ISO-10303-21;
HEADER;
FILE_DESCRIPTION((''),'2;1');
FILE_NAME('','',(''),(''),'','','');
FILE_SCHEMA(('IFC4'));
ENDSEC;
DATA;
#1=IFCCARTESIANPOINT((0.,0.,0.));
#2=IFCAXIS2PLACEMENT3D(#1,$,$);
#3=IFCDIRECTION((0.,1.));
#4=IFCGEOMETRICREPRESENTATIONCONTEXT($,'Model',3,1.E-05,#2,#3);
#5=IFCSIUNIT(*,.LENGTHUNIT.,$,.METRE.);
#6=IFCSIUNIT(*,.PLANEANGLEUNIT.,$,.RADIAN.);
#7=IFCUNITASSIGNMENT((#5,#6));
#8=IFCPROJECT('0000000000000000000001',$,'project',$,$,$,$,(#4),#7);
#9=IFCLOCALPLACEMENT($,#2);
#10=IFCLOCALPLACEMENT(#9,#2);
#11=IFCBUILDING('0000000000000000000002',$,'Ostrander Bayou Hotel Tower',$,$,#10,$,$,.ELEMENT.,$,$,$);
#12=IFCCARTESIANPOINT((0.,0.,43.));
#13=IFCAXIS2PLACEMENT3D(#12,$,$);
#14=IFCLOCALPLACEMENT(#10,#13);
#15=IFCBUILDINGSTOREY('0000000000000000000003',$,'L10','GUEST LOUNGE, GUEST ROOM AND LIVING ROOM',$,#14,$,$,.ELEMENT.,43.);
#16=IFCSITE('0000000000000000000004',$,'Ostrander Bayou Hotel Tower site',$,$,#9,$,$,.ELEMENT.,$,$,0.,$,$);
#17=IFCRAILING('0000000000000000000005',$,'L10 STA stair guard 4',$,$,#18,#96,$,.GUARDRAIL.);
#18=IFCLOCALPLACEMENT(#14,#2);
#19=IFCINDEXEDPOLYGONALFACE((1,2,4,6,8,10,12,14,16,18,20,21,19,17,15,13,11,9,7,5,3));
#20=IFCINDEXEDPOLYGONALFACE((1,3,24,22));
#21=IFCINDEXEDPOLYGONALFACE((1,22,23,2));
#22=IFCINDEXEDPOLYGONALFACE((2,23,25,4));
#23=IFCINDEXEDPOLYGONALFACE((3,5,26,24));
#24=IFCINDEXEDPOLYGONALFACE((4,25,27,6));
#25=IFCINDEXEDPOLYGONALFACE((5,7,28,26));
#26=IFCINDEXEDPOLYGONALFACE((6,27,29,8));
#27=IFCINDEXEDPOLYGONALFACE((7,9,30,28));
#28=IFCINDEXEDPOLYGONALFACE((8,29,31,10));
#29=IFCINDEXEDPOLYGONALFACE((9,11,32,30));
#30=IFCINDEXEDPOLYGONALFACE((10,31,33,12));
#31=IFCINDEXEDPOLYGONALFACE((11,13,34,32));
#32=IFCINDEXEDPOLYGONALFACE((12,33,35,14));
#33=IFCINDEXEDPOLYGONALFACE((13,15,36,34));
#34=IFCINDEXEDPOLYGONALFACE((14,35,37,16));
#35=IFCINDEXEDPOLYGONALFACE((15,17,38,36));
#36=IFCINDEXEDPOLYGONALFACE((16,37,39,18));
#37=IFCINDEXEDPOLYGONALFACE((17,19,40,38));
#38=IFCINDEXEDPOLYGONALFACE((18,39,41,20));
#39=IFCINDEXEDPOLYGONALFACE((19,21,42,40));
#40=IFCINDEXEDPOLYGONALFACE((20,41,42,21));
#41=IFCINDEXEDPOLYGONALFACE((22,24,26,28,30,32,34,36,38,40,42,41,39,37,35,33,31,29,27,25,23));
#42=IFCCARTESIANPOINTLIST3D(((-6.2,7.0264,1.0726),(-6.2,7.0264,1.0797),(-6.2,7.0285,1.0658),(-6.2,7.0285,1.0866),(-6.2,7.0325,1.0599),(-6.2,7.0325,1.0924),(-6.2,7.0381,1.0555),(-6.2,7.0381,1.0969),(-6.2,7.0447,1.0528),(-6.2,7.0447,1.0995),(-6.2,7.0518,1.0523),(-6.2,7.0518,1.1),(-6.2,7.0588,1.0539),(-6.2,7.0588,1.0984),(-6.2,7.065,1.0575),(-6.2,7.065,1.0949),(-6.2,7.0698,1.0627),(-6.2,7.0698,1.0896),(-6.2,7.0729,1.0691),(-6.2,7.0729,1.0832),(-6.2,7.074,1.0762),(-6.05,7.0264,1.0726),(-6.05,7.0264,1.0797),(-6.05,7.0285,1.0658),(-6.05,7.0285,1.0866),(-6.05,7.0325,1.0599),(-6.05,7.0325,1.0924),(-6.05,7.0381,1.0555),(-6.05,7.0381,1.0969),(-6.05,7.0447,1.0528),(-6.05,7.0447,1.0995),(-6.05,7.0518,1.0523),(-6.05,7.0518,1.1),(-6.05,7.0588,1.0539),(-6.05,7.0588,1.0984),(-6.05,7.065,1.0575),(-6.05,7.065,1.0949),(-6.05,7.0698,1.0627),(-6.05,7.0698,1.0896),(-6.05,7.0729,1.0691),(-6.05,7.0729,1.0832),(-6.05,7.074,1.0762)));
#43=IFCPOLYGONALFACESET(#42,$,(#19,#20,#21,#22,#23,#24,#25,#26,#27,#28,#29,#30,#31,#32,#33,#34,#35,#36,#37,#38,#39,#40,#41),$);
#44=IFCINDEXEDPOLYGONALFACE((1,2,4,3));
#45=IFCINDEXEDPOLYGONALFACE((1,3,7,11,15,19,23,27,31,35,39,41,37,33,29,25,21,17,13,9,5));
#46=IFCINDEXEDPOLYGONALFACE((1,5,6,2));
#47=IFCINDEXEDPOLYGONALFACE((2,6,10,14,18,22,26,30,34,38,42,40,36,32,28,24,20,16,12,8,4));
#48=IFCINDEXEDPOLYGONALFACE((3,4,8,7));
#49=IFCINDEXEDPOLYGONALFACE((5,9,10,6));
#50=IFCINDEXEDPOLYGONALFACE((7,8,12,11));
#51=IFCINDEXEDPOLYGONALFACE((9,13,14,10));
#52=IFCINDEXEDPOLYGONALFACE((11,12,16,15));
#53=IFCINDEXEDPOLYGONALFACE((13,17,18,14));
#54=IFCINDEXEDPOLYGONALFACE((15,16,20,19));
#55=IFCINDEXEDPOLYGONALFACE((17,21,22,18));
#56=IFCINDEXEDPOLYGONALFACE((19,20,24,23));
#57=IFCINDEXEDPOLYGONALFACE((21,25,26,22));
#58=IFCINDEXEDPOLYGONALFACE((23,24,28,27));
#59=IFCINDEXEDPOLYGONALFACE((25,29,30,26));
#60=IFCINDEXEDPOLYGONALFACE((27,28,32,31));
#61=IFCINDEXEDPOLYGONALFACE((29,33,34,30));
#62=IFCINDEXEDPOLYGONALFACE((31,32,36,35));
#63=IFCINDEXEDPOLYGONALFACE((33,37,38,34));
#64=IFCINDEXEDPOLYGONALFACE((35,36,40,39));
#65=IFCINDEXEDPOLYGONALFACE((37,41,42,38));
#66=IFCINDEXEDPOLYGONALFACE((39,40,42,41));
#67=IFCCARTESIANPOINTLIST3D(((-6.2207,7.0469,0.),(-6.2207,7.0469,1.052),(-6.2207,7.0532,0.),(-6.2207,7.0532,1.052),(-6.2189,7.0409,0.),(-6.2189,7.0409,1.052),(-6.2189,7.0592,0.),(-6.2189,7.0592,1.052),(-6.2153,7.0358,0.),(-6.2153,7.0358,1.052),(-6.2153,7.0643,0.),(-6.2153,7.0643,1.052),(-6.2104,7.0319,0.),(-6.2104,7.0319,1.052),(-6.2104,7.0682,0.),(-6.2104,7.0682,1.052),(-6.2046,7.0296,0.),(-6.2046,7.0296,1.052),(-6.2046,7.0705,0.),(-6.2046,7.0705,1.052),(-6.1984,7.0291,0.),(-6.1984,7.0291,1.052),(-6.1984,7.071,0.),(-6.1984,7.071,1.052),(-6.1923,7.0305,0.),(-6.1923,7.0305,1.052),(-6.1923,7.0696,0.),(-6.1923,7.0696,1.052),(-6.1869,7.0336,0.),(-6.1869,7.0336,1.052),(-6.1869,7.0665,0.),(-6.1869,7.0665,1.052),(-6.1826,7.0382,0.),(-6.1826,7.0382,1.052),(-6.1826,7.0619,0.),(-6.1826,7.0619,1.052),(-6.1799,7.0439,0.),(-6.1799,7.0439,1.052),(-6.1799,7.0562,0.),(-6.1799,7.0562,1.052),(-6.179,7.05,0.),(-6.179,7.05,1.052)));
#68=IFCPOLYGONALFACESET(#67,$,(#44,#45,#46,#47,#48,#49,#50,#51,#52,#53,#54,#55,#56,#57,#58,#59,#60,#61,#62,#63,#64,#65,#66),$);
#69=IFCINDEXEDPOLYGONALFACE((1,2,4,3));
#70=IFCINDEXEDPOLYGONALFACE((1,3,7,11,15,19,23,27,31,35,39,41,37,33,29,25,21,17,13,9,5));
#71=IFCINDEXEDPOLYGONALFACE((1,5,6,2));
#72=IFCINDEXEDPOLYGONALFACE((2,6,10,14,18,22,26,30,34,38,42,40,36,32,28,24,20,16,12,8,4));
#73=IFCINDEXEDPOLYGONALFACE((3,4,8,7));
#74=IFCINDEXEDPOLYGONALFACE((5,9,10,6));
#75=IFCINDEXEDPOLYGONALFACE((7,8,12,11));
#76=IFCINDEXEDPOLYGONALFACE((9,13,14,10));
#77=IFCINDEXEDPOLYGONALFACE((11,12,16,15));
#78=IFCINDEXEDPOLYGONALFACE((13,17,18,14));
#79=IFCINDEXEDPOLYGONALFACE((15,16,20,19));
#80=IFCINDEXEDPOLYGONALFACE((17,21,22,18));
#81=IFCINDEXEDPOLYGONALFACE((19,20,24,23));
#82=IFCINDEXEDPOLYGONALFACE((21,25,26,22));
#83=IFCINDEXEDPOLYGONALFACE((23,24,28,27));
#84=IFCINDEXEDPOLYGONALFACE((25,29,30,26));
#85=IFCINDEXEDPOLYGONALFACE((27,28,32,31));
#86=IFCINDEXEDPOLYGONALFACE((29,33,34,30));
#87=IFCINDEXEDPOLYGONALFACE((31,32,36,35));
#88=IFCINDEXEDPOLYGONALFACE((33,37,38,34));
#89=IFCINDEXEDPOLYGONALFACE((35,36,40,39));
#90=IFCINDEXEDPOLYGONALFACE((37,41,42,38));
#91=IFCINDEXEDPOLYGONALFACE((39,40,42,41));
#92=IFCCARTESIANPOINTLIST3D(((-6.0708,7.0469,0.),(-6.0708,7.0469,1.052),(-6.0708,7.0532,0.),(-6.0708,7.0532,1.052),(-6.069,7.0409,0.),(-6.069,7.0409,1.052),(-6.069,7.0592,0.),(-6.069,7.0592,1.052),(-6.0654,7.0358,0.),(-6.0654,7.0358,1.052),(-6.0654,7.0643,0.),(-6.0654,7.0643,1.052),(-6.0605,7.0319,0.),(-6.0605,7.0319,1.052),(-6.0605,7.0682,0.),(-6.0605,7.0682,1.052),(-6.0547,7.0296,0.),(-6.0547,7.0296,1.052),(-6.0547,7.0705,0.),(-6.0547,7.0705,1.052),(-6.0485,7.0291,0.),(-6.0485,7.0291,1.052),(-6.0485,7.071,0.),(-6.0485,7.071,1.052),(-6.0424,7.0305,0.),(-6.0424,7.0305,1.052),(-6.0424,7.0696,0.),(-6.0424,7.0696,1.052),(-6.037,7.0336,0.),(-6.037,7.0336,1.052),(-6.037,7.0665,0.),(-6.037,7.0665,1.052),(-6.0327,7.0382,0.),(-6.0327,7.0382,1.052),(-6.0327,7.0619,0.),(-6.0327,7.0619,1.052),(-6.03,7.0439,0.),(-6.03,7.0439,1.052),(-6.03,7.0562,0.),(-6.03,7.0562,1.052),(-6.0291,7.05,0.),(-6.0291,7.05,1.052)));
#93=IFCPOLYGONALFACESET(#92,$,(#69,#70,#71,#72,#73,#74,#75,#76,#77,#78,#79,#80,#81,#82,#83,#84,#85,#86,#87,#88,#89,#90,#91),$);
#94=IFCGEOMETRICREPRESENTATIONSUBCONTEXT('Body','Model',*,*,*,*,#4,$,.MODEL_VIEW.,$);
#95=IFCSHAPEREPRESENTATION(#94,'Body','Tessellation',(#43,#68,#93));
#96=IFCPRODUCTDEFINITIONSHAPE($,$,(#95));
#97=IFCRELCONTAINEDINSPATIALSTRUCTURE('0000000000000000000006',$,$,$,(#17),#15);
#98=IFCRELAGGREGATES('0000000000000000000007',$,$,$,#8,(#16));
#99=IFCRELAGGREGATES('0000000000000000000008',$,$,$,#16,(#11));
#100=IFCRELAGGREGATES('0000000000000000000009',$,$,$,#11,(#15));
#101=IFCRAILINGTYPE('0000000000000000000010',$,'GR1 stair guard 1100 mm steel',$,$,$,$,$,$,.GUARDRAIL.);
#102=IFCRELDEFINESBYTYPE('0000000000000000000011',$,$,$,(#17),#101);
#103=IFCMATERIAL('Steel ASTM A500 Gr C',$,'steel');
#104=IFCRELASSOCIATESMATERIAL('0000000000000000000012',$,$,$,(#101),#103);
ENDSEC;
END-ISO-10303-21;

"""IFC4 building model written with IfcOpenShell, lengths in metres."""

from ifc_helpers import new_model, si_unit, direction, frame, origin, origin_2d, place, context, subcontext, project, spatial, circle, extrude, material, type_object, element, save


model = new_model("IFC4")

# Units and contexts
model_context = context("Model", 3, precision=1e-05, world=origin(), true_north=direction((0.0, 1.0)))
body_context = subcontext(model_context, "Body", "Model", "MODEL_VIEW")
ifc_project = project(units=[si_unit("LENGTHUNIT", "METRE"), si_unit("PLANEANGLEUNIT", "RADIAN")], contexts=[model_context])

# Site, building, storey
site_placement = place(None, origin())
site = spatial("IfcSite", under=ifc_project, at=site_placement, Name="Ostrander Bayou Hotel Tower site", CompositionType="ELEMENT", RefElevation=0.0)
building_placement = place(site_placement, origin())
building = spatial("IfcBuilding", under=site, at=building_placement, Name="Ostrander Bayou Hotel Tower", CompositionType="ELEMENT")
storey_placement = place(building_placement, frame((0.0, 0.0, 43.0)))
storey = spatial("IfcBuildingStorey", under=building, at=storey_placement, Name="L10", Description="GUEST LOUNGE, GUEST ROOM AND LIVING ROOM", CompositionType="ELEMENT", Elevation=43.0)

# Railing
ifc_material_1 = material(Name="Steel ASTM A500 Gr C", Category="steel")
railing_type = type_object("IfcRailingType", Name="GR1 stair guard 1100 mm steel", PredefinedType="GUARDRAIL", material=ifc_material_1)
railing_1_placement = place(storey_placement, frame((-6.2, 7.05, 0.0)))
element("IfcRailing", 1, at=railing_1_placement, inside=storey, type_object=railing_type, Name="L10 STA stair guard 4", PredefinedType="GUARDRAIL", context=body_context, shape_type="SweptSolid", body=[
    extrude(circle(Radius=0.0239, at=origin_2d()), frame((0.0, 0.0, 1.0762), z_axis=(1.0, 0.0, 0.0), x_axis=(0.0, 1.0, 0.0)), (0.0, 0.0, 1.0), 0.1499),
    extrude(circle(Radius=0.021, at=origin_2d()), origin(), (0.0, 0.0, 1.0), 1.052),
    extrude(circle(Radius=0.021, at=origin_2d()), frame((0.1499, 0.0, 0.0)), (0.0, 0.0, 1.0), 1.052),
])

save(model, "model.ifc")
